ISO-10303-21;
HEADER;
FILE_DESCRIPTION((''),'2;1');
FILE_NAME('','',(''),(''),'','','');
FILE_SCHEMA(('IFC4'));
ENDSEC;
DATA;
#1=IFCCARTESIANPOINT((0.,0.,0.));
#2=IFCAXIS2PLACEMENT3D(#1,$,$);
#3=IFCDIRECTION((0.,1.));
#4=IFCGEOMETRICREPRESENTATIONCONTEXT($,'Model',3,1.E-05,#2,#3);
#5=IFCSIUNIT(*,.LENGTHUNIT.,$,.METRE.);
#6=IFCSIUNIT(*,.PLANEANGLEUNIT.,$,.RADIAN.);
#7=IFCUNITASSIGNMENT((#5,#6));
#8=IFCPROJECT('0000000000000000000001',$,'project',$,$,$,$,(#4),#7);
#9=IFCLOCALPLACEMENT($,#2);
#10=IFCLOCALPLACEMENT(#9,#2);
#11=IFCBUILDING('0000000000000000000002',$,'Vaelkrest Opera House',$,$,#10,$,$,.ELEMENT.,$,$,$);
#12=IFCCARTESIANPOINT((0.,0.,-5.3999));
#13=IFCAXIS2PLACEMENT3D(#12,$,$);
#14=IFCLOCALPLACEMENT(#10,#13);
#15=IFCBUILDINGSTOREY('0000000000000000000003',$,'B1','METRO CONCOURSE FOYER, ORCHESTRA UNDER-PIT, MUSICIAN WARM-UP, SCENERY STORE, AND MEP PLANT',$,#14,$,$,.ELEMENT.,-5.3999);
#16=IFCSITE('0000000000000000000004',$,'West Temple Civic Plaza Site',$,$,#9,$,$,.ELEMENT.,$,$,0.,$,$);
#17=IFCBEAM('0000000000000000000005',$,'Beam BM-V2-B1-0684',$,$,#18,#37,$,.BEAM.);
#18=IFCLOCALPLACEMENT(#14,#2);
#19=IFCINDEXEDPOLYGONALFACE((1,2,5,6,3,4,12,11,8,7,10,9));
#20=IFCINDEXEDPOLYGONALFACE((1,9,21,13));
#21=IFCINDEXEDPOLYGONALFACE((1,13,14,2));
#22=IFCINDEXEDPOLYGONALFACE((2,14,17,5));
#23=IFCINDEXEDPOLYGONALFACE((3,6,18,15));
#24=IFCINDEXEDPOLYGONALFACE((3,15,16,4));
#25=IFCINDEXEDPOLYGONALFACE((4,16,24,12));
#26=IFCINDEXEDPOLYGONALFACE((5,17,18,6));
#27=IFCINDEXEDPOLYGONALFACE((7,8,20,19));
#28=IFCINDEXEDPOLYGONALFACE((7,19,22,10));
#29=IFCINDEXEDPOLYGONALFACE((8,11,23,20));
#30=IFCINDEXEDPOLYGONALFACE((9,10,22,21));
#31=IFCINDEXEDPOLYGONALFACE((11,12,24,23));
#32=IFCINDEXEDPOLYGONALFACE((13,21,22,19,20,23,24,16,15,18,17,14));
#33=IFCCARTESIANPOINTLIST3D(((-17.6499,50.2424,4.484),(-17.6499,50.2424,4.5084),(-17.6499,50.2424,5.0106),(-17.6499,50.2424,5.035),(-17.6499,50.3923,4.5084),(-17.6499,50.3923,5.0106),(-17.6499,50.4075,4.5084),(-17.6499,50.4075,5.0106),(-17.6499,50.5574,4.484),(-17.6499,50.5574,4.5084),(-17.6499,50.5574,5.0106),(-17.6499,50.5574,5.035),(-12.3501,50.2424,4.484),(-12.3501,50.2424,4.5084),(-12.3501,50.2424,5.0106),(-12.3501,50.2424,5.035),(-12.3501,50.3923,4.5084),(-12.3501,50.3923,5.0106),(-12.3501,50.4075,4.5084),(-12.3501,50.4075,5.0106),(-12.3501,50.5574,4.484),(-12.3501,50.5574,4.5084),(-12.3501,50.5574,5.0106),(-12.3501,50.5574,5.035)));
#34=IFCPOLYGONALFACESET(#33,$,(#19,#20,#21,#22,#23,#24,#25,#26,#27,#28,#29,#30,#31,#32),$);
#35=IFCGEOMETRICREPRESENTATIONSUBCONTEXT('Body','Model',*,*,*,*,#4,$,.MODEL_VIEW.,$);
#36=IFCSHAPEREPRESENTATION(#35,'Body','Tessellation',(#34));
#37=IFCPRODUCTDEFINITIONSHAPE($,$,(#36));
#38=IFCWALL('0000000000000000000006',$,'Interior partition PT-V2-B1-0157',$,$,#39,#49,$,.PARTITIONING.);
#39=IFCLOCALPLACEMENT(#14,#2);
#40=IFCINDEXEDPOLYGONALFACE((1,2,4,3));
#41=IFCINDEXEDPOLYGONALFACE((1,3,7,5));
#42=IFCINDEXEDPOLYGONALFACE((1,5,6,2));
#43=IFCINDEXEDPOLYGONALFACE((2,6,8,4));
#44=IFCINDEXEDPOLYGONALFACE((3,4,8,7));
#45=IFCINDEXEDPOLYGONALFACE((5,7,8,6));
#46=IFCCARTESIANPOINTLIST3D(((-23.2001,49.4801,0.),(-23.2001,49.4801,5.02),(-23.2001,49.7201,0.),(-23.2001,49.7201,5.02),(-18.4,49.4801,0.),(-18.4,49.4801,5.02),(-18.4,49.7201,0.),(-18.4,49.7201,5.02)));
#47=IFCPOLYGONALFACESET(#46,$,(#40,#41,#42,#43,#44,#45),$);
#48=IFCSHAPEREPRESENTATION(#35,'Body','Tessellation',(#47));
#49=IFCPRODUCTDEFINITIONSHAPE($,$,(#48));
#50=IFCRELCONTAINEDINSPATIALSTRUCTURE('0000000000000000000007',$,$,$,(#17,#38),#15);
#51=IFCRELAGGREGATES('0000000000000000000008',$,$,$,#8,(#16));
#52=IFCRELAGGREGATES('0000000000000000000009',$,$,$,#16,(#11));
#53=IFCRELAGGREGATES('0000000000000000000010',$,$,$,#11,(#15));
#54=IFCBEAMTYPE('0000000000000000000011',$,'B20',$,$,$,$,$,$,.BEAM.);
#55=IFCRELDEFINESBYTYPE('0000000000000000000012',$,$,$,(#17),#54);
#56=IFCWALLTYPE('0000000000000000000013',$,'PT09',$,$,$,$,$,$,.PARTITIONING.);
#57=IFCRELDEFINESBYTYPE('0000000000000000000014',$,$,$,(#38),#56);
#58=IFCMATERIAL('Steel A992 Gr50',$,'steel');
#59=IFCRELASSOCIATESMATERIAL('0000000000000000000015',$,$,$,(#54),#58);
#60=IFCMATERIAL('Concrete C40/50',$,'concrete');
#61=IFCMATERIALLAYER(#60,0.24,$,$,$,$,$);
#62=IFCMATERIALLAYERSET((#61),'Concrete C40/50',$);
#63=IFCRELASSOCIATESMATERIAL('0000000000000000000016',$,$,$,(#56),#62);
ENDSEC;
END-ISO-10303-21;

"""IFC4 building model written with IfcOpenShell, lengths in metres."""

from ifc_helpers import new_model, si_unit, direction, frame, frame_2d, origin, origin_2d, place, context, subcontext, project, spatial, rectangle, i_section, extrude, material, layer, layer_set, material_profile, profile_set, type_object, element, save


model = new_model("IFC4")

# Units and contexts
model_context = context("Model", 3, precision=1e-05, world=origin(), true_north=direction((0.0, 1.0)))
body_context = subcontext(model_context, "Body", "Model", "MODEL_VIEW")
ifc_project = project(units=[si_unit("LENGTHUNIT", "METRE"), si_unit("PLANEANGLEUNIT", "RADIAN")], contexts=[model_context])

# Site, building, storey
site_placement = place(None, origin())
site = spatial("IfcSite", under=ifc_project, at=site_placement, Name="West Temple Civic Plaza Site", CompositionType="ELEMENT", RefElevation=0.0)
building_placement = place(site_placement, origin())
building = spatial("IfcBuilding", under=site, at=building_placement, Name="Vaelkrest Opera House", CompositionType="ELEMENT")
storey_placement = place(building_placement, frame((0.0, 0.0, -5.3999)))
storey = spatial("IfcBuildingStorey", under=building, at=storey_placement, Name="B1", Description="METRO CONCOURSE FOYER, ORCHESTRA UNDER-PIT, MUSICIAN WARM-UP, SCENERY STORE, AND MEP PLANT", CompositionType="ELEMENT", Elevation=-5.3999)

# Shared definitions
ifc_material_1 = material(Name="Concrete C40/50", Category="concrete")

# Beam
ifc_material_2 = material(Name="Steel A992 Gr50", Category="steel")
ifc_material_profile_1 = material_profile(ifc_material_2, i_section(OverallWidth=0.3149, OverallDepth=0.551, WebThickness=0.0151, FlangeThickness=0.0244, at=origin_2d()), Name="W21X122")
ifc_profile_set_1 = profile_set([ifc_material_profile_1], Name="Steel A992 Gr50")
beam_type_1 = type_object("IfcBeamType", Name="B20", PredefinedType="BEAM", material=ifc_profile_set_1)
beam_1_placement = place(storey_placement, frame((-17.6499, 50.3999, 4.7595), z_axis=(1.0, 0.0, 0.0), x_axis=(0.0, 1.0, 0.0)))
element("IfcBeam", 1, at=beam_1_placement, inside=storey, type_object=beam_type_1, Name="Beam BM-V2-B1-0684", PredefinedType="BEAM", context=body_context, shape_type="SweptSolid", body=[
    extrude(i_section(OverallWidth=0.3149, OverallDepth=0.551, WebThickness=0.0151, FlangeThickness=0.0244, at=origin_2d()), origin(), (0.0, 0.0, 1.0), 5.2998),
])

# Wall
ifc_layer = layer(ifc_material_1, 0.24)
ifc_layer_set = layer_set([ifc_layer], Name="Concrete C40/50")
wall_type = type_object("IfcWallType", Name="PT09", PredefinedType="PARTITIONING", material=ifc_layer_set)
wall_placement = place(storey_placement, frame((-23.2, 49.6001, 0.0), z_axis=(0.0, 0.0, 1.0), x_axis=(1.0, 0.0, 0.0)))
element("IfcWall", 2, at=wall_placement, inside=storey, type_object=wall_type, Name="Interior partition PT-V2-B1-0157", PredefinedType="PARTITIONING", context=body_context, shape_type="SweptSolid", body=[
    extrude(rectangle(XDim=4.8, YDim=0.24, at=frame_2d((2.3999, 0.0))), origin(), (0.0, 0.0, 1.0), 5.02),
])

save(model, "model.ifc")
